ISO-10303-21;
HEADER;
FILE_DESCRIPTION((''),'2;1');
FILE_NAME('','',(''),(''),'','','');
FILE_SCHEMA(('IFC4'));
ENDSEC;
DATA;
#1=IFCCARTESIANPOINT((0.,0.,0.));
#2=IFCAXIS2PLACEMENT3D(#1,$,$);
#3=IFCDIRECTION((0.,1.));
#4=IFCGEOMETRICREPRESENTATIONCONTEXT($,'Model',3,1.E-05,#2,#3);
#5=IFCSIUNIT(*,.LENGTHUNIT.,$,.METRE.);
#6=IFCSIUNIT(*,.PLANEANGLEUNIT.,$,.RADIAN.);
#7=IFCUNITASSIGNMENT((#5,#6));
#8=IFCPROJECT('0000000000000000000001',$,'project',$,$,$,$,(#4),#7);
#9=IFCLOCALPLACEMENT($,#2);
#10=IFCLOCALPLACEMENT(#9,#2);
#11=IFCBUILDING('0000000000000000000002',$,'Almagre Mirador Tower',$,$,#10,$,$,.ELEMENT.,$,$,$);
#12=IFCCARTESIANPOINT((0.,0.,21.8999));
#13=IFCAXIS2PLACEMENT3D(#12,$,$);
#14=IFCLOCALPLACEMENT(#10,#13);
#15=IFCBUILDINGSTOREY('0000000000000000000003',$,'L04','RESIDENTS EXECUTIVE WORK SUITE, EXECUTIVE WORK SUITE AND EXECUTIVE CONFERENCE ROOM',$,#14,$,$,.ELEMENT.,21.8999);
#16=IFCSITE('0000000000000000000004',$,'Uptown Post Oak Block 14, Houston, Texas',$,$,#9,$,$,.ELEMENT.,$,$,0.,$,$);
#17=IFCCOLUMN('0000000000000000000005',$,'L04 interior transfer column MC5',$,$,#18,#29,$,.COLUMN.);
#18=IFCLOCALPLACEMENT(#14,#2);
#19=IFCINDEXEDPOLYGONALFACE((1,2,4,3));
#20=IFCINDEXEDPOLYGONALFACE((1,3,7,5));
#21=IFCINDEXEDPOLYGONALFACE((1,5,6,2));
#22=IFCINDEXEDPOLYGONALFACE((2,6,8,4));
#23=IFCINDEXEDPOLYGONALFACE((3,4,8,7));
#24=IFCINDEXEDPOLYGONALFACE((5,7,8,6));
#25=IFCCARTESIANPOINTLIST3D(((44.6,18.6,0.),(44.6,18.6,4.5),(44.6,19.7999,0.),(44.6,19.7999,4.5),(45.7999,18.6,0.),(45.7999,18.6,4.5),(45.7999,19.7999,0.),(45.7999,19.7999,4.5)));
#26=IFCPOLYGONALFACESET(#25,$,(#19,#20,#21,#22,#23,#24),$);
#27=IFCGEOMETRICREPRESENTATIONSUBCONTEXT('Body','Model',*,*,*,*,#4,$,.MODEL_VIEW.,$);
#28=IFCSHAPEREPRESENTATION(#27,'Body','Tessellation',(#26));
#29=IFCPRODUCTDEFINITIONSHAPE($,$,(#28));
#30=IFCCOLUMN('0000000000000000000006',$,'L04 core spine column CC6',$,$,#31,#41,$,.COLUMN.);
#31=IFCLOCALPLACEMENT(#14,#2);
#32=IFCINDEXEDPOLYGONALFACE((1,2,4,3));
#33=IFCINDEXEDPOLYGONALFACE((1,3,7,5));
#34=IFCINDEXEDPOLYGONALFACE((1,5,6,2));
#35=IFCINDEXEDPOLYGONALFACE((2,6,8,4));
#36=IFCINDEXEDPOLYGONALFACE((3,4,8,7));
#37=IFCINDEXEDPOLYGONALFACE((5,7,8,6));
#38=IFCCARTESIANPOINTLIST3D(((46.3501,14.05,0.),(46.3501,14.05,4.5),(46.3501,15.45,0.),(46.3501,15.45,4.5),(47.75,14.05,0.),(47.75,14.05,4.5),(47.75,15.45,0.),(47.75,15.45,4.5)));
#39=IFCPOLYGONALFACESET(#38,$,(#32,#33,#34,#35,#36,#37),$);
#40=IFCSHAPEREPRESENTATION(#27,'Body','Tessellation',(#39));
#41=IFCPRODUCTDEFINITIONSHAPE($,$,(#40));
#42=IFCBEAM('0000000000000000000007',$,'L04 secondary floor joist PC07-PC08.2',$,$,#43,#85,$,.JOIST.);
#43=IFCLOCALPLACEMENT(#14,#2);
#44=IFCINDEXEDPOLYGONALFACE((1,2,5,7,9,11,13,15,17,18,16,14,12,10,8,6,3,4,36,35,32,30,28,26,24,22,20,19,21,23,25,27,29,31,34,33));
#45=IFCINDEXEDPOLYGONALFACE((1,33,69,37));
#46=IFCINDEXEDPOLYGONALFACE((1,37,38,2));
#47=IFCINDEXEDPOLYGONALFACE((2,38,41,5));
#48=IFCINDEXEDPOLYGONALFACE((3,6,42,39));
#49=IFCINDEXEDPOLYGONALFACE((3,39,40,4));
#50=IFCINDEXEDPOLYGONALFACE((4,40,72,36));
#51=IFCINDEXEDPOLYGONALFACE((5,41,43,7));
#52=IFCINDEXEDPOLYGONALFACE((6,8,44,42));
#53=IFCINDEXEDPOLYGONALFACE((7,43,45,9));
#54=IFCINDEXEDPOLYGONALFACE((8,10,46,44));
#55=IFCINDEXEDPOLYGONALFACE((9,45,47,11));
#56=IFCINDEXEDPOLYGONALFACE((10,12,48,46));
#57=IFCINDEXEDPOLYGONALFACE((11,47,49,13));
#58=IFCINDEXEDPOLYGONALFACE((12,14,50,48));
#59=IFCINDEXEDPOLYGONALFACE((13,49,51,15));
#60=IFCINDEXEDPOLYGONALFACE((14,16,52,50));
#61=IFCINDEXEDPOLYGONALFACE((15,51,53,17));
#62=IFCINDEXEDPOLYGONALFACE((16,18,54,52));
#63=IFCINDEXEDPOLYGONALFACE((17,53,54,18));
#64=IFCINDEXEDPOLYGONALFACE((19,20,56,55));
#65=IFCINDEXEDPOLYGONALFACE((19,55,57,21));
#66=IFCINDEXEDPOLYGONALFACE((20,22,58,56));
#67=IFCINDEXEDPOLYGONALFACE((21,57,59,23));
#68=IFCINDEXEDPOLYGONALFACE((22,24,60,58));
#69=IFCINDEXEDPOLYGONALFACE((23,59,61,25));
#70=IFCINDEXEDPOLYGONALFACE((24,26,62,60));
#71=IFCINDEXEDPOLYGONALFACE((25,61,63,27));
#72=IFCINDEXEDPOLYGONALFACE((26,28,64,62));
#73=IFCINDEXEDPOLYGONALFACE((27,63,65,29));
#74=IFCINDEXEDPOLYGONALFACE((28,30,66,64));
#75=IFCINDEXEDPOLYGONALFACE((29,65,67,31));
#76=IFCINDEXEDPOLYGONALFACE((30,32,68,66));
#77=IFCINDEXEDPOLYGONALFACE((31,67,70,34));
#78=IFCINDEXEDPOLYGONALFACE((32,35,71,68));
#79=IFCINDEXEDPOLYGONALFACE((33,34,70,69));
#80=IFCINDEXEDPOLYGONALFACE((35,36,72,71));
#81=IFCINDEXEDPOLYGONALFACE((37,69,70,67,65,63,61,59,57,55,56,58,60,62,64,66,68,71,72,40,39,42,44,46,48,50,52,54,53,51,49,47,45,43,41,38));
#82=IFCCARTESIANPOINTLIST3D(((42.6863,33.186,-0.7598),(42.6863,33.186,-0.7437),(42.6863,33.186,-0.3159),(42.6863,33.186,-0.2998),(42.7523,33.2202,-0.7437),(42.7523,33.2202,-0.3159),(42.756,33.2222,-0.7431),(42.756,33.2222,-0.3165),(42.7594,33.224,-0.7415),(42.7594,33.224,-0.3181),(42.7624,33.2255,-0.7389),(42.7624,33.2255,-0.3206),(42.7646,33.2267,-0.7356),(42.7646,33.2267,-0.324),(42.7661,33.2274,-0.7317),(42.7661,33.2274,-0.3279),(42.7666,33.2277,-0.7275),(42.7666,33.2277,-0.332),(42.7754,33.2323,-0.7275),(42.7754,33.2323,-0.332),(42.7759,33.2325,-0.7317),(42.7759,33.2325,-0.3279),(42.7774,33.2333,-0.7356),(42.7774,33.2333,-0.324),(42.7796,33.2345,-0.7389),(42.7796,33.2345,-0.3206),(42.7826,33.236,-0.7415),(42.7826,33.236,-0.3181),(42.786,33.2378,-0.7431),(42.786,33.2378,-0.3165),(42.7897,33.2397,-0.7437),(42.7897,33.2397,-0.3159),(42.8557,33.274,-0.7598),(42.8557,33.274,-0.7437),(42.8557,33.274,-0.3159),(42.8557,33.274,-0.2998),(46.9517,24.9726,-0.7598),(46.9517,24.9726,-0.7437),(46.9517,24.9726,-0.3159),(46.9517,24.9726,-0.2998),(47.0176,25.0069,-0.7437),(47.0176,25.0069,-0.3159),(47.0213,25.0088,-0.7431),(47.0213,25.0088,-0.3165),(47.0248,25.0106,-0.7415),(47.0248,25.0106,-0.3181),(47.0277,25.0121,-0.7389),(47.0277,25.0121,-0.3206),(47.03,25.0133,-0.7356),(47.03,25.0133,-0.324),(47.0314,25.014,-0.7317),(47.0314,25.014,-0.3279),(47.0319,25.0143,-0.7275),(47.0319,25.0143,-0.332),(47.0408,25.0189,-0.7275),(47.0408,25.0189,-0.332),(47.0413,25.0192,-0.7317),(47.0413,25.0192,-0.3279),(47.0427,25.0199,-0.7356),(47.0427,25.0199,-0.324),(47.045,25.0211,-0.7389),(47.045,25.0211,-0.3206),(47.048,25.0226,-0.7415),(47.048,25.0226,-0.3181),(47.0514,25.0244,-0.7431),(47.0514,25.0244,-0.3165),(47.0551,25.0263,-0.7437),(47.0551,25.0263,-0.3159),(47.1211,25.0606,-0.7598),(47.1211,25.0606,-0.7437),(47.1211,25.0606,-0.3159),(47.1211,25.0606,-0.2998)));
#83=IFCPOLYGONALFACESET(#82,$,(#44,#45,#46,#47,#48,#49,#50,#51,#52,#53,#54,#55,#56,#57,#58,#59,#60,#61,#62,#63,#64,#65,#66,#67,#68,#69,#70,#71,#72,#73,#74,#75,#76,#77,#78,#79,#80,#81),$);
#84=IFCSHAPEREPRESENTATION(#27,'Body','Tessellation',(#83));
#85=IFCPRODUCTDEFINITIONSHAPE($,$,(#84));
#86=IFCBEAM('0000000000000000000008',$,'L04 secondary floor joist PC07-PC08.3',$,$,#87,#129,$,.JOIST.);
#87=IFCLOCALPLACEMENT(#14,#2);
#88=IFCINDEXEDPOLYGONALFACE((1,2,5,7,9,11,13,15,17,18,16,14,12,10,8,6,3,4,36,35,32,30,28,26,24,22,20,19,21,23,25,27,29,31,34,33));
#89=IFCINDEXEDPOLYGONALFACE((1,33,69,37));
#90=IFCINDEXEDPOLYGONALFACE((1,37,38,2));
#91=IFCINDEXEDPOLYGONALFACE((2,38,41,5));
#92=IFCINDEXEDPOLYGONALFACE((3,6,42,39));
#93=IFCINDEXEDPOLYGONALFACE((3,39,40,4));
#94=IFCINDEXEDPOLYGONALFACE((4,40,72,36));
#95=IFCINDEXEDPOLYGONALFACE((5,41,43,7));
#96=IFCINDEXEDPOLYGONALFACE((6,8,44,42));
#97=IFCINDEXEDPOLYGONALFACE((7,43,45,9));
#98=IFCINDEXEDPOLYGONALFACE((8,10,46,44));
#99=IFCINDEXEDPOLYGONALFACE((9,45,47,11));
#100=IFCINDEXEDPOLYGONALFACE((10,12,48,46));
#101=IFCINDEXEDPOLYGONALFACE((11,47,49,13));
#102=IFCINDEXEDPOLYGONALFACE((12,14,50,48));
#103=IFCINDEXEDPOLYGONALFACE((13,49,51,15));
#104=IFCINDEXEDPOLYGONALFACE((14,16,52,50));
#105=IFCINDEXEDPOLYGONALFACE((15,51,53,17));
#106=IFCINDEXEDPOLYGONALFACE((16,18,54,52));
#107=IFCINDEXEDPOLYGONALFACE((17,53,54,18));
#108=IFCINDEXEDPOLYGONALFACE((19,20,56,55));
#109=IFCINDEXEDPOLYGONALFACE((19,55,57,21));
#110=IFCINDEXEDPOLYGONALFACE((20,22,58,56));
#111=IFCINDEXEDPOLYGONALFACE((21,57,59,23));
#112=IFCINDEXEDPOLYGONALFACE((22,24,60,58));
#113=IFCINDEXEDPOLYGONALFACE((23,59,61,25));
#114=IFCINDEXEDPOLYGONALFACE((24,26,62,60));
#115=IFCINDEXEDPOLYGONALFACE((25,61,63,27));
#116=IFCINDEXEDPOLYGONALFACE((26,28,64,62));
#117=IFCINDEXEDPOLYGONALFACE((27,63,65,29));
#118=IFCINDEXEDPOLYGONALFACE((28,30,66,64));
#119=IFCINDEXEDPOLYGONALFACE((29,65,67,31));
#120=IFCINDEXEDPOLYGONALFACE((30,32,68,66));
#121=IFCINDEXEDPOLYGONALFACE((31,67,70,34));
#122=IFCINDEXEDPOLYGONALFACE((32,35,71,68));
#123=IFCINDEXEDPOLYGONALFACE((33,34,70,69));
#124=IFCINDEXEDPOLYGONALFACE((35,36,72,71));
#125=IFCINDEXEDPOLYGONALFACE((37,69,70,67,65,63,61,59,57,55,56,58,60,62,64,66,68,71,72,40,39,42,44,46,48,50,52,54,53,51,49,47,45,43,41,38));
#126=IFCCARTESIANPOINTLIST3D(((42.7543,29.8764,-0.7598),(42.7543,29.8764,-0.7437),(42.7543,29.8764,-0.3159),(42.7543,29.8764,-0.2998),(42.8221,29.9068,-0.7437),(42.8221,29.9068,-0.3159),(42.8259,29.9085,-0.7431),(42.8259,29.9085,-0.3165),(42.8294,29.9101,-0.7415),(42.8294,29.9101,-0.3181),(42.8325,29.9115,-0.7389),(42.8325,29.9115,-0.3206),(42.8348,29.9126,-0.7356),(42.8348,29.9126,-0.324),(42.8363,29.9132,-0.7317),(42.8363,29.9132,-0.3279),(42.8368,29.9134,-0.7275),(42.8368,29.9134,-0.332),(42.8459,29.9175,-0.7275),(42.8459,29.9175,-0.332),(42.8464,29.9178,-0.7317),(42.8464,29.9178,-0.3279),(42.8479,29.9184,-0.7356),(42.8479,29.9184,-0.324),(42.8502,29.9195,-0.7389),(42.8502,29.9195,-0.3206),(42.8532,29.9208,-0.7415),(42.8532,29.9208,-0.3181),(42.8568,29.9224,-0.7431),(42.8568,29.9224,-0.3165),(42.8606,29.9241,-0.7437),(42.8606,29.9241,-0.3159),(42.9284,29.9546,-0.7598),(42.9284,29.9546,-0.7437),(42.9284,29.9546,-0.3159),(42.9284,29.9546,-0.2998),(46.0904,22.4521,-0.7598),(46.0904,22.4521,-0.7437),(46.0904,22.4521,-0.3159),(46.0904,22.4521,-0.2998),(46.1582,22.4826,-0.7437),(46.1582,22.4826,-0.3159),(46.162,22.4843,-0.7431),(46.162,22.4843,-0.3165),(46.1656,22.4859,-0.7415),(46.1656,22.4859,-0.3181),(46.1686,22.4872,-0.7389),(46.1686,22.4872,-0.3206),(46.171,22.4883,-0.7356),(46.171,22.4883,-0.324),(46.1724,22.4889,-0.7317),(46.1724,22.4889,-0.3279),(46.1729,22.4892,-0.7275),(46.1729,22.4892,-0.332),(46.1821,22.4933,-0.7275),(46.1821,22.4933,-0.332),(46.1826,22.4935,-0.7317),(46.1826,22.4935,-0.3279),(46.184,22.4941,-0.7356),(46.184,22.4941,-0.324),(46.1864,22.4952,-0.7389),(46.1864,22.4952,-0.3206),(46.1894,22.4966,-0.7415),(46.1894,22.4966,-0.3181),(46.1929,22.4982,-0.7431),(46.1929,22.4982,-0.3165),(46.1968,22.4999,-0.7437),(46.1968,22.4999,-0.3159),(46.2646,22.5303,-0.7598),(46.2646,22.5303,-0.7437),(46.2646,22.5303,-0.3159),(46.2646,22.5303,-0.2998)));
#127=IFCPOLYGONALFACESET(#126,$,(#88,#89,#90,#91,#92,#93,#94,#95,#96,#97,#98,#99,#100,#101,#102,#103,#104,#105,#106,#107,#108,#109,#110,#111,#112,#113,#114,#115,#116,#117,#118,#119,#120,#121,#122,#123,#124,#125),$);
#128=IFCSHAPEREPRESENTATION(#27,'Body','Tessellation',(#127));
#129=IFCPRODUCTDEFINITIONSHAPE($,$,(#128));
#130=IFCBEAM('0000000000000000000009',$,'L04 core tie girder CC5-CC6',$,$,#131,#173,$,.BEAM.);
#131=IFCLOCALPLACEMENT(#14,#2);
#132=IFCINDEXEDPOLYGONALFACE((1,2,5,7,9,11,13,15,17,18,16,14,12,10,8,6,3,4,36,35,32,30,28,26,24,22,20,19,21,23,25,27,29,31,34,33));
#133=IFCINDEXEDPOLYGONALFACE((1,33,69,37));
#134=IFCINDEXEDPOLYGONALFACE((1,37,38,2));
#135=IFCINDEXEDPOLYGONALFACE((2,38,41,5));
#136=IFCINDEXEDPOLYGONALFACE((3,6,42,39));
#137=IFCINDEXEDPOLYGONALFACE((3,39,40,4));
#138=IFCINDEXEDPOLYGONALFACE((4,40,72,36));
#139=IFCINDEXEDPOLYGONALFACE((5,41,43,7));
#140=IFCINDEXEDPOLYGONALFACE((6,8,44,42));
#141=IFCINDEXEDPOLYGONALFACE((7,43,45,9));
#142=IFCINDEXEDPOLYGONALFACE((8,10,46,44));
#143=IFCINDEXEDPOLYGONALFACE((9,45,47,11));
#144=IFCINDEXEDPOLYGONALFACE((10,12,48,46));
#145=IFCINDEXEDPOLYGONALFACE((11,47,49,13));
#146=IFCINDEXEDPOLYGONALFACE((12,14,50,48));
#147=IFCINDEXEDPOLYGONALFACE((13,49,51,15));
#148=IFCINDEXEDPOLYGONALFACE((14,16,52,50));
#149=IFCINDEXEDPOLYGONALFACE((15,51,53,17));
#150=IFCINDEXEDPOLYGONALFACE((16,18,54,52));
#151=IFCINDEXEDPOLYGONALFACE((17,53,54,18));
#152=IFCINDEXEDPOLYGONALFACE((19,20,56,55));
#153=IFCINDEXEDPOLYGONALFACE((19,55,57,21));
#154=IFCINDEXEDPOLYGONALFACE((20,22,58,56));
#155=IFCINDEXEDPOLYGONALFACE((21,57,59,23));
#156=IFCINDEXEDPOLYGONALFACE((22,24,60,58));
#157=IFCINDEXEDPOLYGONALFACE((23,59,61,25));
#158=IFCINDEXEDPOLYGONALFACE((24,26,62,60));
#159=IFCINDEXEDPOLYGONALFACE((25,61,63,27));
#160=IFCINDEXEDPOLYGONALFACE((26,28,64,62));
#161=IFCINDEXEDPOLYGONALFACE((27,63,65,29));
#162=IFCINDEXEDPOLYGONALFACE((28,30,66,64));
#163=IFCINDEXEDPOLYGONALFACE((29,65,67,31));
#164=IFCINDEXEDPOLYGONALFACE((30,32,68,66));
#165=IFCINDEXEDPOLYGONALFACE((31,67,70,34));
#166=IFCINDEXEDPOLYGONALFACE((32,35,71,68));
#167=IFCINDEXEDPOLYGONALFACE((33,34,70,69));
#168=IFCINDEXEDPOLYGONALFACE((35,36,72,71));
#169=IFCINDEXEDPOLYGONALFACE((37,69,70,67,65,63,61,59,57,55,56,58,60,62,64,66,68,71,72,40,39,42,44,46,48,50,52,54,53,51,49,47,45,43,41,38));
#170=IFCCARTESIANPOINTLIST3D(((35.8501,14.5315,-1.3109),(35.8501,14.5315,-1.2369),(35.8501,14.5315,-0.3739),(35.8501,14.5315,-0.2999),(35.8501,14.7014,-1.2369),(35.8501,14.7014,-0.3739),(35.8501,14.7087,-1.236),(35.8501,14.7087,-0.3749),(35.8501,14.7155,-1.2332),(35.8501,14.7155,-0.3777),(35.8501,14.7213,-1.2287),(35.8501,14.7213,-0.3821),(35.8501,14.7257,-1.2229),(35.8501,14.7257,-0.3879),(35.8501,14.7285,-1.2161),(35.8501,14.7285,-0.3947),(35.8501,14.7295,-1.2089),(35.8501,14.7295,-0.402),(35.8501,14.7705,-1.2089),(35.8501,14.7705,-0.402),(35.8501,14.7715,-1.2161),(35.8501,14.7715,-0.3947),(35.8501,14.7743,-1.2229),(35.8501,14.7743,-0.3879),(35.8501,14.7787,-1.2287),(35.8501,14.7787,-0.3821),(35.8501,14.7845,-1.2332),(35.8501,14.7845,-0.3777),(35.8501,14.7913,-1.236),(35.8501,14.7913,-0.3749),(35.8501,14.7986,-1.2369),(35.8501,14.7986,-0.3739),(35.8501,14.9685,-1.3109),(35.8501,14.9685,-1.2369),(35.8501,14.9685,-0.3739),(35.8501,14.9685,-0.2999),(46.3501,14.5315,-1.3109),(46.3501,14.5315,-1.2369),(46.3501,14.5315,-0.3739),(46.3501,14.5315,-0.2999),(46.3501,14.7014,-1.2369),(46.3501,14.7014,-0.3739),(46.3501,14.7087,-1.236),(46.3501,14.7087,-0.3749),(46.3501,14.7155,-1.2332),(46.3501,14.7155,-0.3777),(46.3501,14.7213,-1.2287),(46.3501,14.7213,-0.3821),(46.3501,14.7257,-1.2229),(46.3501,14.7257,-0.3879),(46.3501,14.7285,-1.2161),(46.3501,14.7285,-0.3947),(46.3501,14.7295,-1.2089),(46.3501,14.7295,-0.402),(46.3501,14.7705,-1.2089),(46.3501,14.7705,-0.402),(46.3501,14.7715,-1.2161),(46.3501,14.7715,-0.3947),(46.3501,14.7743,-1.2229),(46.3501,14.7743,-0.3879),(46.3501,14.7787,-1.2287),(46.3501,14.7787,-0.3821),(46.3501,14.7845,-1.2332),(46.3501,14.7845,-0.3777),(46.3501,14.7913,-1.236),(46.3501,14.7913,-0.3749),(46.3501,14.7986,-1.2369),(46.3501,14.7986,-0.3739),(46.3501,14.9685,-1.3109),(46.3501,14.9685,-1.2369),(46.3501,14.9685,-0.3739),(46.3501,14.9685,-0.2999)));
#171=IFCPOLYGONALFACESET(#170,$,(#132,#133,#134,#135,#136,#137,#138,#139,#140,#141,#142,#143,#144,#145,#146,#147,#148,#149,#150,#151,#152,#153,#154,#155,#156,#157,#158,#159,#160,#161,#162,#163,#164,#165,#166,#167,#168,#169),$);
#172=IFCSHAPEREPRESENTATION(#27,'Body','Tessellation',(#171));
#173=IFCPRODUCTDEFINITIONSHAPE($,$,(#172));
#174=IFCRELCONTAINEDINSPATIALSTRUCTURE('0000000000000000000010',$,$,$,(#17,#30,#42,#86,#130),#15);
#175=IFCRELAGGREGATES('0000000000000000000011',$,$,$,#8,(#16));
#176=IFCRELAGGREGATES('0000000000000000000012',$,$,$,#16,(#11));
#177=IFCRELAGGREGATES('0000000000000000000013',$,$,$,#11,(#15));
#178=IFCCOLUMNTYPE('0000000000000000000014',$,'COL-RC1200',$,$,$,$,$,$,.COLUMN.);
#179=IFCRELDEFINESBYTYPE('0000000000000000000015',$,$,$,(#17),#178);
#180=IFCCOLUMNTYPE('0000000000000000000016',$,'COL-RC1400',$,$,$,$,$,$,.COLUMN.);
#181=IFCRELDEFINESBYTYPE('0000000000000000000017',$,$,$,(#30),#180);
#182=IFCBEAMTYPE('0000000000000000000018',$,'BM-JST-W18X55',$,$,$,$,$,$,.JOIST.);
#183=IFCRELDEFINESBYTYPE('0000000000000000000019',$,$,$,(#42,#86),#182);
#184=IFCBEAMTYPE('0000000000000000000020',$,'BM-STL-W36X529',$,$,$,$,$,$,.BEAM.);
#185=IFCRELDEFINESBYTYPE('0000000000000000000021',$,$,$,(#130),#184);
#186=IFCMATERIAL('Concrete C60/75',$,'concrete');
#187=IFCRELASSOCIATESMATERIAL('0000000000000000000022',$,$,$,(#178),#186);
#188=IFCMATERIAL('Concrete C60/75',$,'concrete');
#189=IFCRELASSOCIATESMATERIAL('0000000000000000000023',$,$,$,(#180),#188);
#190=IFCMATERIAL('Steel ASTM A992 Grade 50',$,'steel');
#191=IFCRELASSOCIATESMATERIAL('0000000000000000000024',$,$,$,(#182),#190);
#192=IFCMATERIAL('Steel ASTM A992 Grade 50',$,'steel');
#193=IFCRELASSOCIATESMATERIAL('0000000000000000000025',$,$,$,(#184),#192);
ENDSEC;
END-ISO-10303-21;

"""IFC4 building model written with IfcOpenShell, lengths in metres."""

from ifc_helpers import new_model, si_unit, direction, frame, origin, origin_2d, place, context, subcontext, project, spatial, rectangle, i_section, extrude, material, material_profile, profile_set, type_object, element, save


model = new_model("IFC4")

# Units and contexts
model_context = context("Model", 3, precision=1e-05, world=origin(), true_north=direction((0.0, 1.0)))
body_context = subcontext(model_context, "Body", "Model", "MODEL_VIEW")
ifc_project = project(units=[si_unit("LENGTHUNIT", "METRE"), si_unit("PLANEANGLEUNIT", "RADIAN")], contexts=[model_context])

# Site, building, storey
site_placement = place(None, origin())
site = spatial("IfcSite", under=ifc_project, at=site_placement, Name="Uptown Post Oak Block 14, Houston, Texas", CompositionType="ELEMENT", RefElevation=0.0)
building_placement = place(site_placement, origin())
building = spatial("IfcBuilding", under=site, at=building_placement, Name="Almagre Mirador Tower", CompositionType="ELEMENT")
storey_placement = place(building_placement, frame((0.0, 0.0, 21.8999)))
storey = spatial("IfcBuildingStorey", under=building, at=storey_placement, Name="L04", Description="RESIDENTS EXECUTIVE WORK SUITE, EXECUTIVE WORK SUITE AND EXECUTIVE CONFERENCE ROOM", CompositionType="ELEMENT", Elevation=21.8999)

# Columns
ifc_material_1 = material(Name="Concrete C60/75", Category="concrete")
ifc_material_profile_1 = material_profile(ifc_material_1, rectangle(XDim=1.2, YDim=1.2, at=origin_2d()), Name="RC1200X1200")
ifc_profile_set_1 = profile_set([ifc_material_profile_1], Name="Concrete C60/75")
column_type_1 = type_object("IfcColumnType", Name="COL-RC1200", PredefinedType="COLUMN", material=ifc_profile_set_1)
column_1_placement = place(storey_placement, frame((45.2, 19.2, 0.0), z_axis=(0.0, 0.0, 1.0), x_axis=(1.0, 0.0, 0.0)))
element("IfcColumn", 1, at=column_1_placement, inside=storey, type_object=column_type_1, Name="L04 interior transfer column MC5", PredefinedType="COLUMN", context=body_context, shape_type="SweptSolid", body=[
    extrude(rectangle(XDim=1.2, YDim=1.2, at=origin_2d()), origin(), (0.0, 0.0, 1.0), 4.5),
])
ifc_material_2 = material(Name="Concrete C60/75", Category="concrete")
ifc_material_profile_2 = material_profile(ifc_material_2, rectangle(XDim=1.3999, YDim=1.3999, at=origin_2d()), Name="RC1400X1400")
ifc_profile_set_2 = profile_set([ifc_material_profile_2], Name="Concrete C60/75")
column_type_2 = type_object("IfcColumnType", Name="COL-RC1400", PredefinedType="COLUMN", material=ifc_profile_set_2)
column_2_placement = place(storey_placement, frame((47.05, 14.75, 0.0), z_axis=(0.0, 0.0, 1.0), x_axis=(1.0, 0.0, 0.0)))
element("IfcColumn", 2, at=column_2_placement, inside=storey, type_object=column_type_2, Name="L04 core spine column CC6", PredefinedType="COLUMN", context=body_context, shape_type="SweptSolid", body=[
    extrude(rectangle(XDim=1.3999, YDim=1.3999, at=origin_2d()), origin(), (0.0, 0.0, 1.0), 4.5),
])

# Beams
ifc_material_3 = material(Name="Steel ASTM A992 Grade 50", Category="steel")
ifc_material_profile_3 = material_profile(ifc_material_3, i_section(OverallWidth=0.1909, OverallDepth=0.46, WebThickness=0.01, FlangeThickness=0.0161, FilletRadius=0.0161, at=origin_2d()), Name="W18X55")
ifc_profile_set_3 = profile_set([ifc_material_profile_3], Name="Steel ASTM A992 Grade 50")
beam_type_1 = type_object("IfcBeamType", Name="BM-JST-W18X55", PredefinedType="JOIST", material=ifc_profile_set_3)
beam_1_placement = place(storey_placement, frame((47.0364, 25.0166, -0.5298), z_axis=(-0.460878, 0.887463, 0.0), x_axis=(-0.887463, -0.460878, 0.0)))
element("IfcBeam", 3, at=beam_1_placement, inside=storey, type_object=beam_type_1, Name="L04 secondary floor joist PC07-PC08.2", PredefinedType="JOIST", context=body_context, shape_type="SweptSolid", body=[
    extrude(i_section(OverallWidth=0.1909, OverallDepth=0.46, WebThickness=0.01, FlangeThickness=0.0161, FilletRadius=0.0161, at=origin_2d()), origin(), (0.0, 0.0, 1.0), 9.2549),
])
beam_2_placement = place(storey_placement, frame((46.1775, 22.4912, -0.5298), z_axis=(-0.409878, 0.91214, 0.0), x_axis=(-0.91214, -0.409878, 0.0)))
element("IfcBeam", 4, at=beam_2_placement, inside=storey, type_object=beam_type_1, Name="L04 secondary floor joist PC07-PC08.3", PredefinedType="JOIST", context=body_context, shape_type="SweptSolid", body=[
    extrude(i_section(OverallWidth=0.1909, OverallDepth=0.46, WebThickness=0.01, FlangeThickness=0.0161, FilletRadius=0.0161, at=origin_2d()), origin(), (0.0, 0.0, 1.0), 8.1394),
])
ifc_material_4 = material(Name="Steel ASTM A992 Grade 50", Category="steel")
ifc_material_profile_4 = material_profile(ifc_material_4, i_section(OverallWidth=0.437, OverallDepth=1.011, WebThickness=0.041, FlangeThickness=0.074, FilletRadius=0.0281, at=origin_2d()), Name="W36X529")
ifc_profile_set_4 = profile_set([ifc_material_profile_4], Name="Steel ASTM A992 Grade 50")
beam_type_2 = type_object("IfcBeamType", Name="BM-STL-W36X529", PredefinedType="BEAM", material=ifc_profile_set_4)
beam_3_placement = place(storey_placement, frame((35.8501, 14.75, -0.8054), z_axis=(1.0, 0.0, 0.0), x_axis=(0.0, 1.0, 0.0)))
element("IfcBeam", 5, at=beam_3_placement, inside=storey, type_object=beam_type_2, Name="L04 core tie girder CC5-CC6", PredefinedType="BEAM", context=body_context, shape_type="SweptSolid", body=[
    extrude(i_section(OverallWidth=0.437, OverallDepth=1.011, WebThickness=0.041, FlangeThickness=0.074, FilletRadius=0.0281, at=origin_2d()), origin(), (0.0, 0.0, 1.0), 10.5),
])

save(model, "model.ifc")
